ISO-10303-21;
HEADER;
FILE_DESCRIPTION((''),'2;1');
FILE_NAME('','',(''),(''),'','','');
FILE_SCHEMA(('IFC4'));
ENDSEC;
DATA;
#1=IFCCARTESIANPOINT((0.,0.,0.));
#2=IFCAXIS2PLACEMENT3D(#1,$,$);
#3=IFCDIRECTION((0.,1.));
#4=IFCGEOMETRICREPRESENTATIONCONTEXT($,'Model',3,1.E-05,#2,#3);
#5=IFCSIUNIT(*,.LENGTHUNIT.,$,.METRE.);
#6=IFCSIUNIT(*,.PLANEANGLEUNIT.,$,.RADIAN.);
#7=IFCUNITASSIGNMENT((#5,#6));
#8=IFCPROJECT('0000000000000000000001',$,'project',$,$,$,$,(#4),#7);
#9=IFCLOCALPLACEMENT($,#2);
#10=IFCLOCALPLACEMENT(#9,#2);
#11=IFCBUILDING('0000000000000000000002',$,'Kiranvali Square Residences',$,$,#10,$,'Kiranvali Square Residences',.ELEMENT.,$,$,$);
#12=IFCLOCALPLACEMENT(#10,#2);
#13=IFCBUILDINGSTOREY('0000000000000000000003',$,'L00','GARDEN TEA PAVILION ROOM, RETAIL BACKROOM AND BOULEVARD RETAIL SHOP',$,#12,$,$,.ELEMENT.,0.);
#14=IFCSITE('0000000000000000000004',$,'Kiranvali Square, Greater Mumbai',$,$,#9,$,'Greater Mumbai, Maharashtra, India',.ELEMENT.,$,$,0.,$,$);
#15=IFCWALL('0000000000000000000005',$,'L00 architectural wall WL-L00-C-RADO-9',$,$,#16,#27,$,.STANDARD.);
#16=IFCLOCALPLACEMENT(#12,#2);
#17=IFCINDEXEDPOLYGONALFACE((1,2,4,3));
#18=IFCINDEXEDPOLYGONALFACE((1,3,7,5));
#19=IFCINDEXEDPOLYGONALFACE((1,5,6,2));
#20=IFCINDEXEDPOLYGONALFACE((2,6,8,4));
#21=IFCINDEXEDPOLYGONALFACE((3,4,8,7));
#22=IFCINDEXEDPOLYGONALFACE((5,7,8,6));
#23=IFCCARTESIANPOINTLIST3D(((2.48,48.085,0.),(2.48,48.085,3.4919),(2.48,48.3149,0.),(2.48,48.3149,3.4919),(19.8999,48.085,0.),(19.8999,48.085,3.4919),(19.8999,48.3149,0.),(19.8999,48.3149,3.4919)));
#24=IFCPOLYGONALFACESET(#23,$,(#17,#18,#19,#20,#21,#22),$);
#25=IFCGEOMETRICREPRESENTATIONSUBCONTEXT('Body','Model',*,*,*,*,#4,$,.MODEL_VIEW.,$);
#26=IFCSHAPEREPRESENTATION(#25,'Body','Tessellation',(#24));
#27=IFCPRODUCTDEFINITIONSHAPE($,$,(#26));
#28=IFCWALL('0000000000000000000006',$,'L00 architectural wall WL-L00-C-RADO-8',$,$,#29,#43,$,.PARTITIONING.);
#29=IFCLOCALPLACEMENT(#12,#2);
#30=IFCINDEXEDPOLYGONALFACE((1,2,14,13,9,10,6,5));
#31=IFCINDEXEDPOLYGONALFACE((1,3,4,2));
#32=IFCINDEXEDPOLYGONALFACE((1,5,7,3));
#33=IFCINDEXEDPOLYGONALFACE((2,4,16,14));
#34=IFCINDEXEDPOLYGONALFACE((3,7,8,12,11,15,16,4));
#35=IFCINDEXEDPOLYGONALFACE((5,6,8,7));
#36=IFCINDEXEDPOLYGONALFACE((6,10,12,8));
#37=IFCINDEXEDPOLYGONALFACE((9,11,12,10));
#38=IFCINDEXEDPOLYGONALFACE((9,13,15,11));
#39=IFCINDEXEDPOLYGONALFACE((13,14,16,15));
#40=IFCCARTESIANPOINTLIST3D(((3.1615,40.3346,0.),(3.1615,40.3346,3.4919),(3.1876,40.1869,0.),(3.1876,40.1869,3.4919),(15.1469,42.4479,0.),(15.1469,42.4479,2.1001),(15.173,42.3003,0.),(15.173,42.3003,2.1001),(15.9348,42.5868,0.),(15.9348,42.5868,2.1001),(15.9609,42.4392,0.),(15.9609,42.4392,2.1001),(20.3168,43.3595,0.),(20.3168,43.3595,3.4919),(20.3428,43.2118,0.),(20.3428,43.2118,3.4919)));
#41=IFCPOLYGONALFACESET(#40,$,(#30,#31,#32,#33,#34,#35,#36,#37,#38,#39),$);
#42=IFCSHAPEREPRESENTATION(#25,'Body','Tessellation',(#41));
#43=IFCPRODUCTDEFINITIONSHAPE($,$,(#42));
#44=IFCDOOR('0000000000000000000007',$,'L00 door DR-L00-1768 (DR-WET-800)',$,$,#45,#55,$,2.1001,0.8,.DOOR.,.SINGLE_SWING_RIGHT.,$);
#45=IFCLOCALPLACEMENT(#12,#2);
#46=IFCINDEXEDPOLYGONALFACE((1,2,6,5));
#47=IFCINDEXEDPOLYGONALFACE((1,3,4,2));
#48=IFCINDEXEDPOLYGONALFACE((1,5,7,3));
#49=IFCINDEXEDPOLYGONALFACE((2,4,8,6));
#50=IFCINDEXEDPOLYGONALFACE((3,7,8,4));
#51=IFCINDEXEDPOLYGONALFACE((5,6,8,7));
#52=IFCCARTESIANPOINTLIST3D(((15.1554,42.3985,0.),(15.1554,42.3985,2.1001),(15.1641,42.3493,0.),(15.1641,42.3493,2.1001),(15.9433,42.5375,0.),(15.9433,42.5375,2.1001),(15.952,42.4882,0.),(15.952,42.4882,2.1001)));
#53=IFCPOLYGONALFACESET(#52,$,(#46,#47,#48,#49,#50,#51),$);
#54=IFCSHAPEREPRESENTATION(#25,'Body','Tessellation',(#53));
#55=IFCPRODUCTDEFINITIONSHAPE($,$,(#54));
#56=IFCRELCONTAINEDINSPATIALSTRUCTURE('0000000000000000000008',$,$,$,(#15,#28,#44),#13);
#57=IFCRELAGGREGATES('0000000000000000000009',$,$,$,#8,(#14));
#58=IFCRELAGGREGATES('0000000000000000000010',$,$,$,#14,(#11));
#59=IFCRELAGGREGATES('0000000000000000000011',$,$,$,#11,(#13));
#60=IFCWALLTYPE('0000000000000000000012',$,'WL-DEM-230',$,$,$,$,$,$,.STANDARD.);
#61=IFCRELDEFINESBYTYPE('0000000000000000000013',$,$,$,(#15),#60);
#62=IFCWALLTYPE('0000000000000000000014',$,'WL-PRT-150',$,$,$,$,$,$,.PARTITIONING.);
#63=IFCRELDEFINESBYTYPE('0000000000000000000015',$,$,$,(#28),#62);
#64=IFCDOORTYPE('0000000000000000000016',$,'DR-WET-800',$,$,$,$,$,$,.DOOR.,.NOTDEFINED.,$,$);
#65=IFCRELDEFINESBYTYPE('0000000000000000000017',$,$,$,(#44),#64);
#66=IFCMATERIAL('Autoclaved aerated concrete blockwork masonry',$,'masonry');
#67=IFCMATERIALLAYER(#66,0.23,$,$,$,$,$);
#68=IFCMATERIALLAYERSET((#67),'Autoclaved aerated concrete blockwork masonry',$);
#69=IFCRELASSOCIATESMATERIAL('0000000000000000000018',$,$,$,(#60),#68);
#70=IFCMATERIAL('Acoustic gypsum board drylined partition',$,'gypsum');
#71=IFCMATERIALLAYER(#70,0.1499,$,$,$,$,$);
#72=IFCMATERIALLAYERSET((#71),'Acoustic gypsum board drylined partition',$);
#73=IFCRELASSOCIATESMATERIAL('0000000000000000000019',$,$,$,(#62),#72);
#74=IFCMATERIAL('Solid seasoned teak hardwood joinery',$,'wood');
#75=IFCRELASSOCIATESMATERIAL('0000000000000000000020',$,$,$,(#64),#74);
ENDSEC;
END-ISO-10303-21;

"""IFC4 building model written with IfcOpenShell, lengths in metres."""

from ifc_helpers import new_model, si_unit, direction, frame, frame_2d, origin, place, context, subcontext, project, spatial, rectangle, extrude, material, layer, layer_set, type_object, element, fill, save


model = new_model("IFC4")

# Units and contexts
model_context = context("Model", 3, precision=1e-05, world=origin(), true_north=direction((0.0, 1.0)))
body_context = subcontext(model_context, "Body", "Model", "MODEL_VIEW")
ifc_project = project(units=[si_unit("LENGTHUNIT", "METRE"), si_unit("PLANEANGLEUNIT", "RADIAN")], contexts=[model_context])

# Site, building, storey
site_placement = place(None, origin())
site = spatial("IfcSite", under=ifc_project, at=site_placement, Name="Kiranvali Square, Greater Mumbai", LongName="Greater Mumbai, Maharashtra, India", CompositionType="ELEMENT", RefElevation=0.0)
building_placement = place(site_placement, origin())
building = spatial("IfcBuilding", under=site, at=building_placement, Name="Kiranvali Square Residences", LongName="Kiranvali Square Residences", CompositionType="ELEMENT")
storey_placement = place(building_placement, origin())
storey = spatial("IfcBuildingStorey", under=building, at=storey_placement, Name="L00", Description="GARDEN TEA PAVILION ROOM, RETAIL BACKROOM AND BOULEVARD RETAIL SHOP", CompositionType="ELEMENT", Elevation=0.0)

# Shared definitions
ifc_material_1 = material(Name="Autoclaved aerated concrete blockwork masonry", Category="masonry")

# Wall
ifc_layer_1 = layer(ifc_material_1, 0.23)
ifc_layer_set_1 = layer_set([ifc_layer_1], Name="Autoclaved aerated concrete blockwork masonry")
wall_type_1 = type_object("IfcWallType", Name="WL-DEM-230", PredefinedType="STANDARD", material=ifc_layer_set_1)
wall_1_placement = place(storey_placement, frame((19.8999, 48.2, 0.0), z_axis=(0.0, 0.0, 1.0), x_axis=(-1.0, 0.0, 0.0)))
element("IfcWall", 1, at=wall_1_placement, inside=storey, type_object=wall_type_1, Name="L00 architectural wall WL-L00-C-RADO-9", PredefinedType="STANDARD", context=body_context, shape_type="SweptSolid", body=[
    extrude(rectangle(XDim=17.4199, YDim=0.23, at=frame_2d((8.71, 0.0))), origin(), (0.0, 0.0, 1.0), 3.4919),
])

# Wall, opening, door
ifc_material_2 = material(Name="Acoustic gypsum board drylined partition", Category="gypsum")
ifc_layer_2 = layer(ifc_material_2, 0.1499)
ifc_layer_set_2 = layer_set([ifc_layer_2], Name="Acoustic gypsum board drylined partition")
wall_type_2 = type_object("IfcWallType", Name="WL-PRT-150", PredefinedType="PARTITIONING", material=ifc_layer_set_2)
wall_2_placement = place(storey_placement, frame((20.3298, 43.2856, 0.0), z_axis=(0.0, 0.0, 1.0), x_axis=(-0.984808, -0.173646, 0.0)))
wall_2 = element("IfcWall", 2, at=wall_2_placement, inside=storey, type_object=wall_type_2, Name="L00 architectural wall WL-L00-C-RADO-8", PredefinedType="PARTITIONING", context=body_context, shape_type="SweptSolid", body=[
    extrude(rectangle(XDim=17.4199, YDim=0.1499, at=frame_2d((8.71, 0.0))), origin(), (0.0, 0.0, 1.0), 3.4919),
])
opening_1_placement = place(wall_2_placement, frame((4.4497, 0.0, 0.0)))
opening_1 = element("IfcOpeningElement", 3, at=opening_1_placement, cuts=wall_2, PredefinedType="OPENING", context=body_context, shape_type="SweptSolid", body=[
    extrude(rectangle(XDim=0.8, YDim=2.1001, at=frame_2d((0.3999, 1.05))), frame((0.0, 0.085, 0.0), z_axis=(0.0, -1.0, 0.0), x_axis=(1.0, 0.0, 0.0)), (0.0, 0.0, 1.0), 0.1699),
])
ifc_material_3 = material(Name="Solid seasoned teak hardwood joinery", Category="wood")
door_type_1 = type_object("IfcDoorType", Name="DR-WET-800", OperationType="NOTDEFINED", PredefinedType="DOOR", material=ifc_material_3)
door_1_placement = place(opening_1_placement, frame((0.8, 0.0, 0.0), z_axis=(0.0, 0.0, 1.0), x_axis=(-1.0, 0.0, 0.0)))
door_1 = element("IfcDoor", 4, at=door_1_placement, inside=storey, type_object=door_type_1, Name="L00 door DR-L00-1768 (DR-WET-800)", OperationType="SINGLE_SWING_RIGHT", OverallHeight=2.1001, OverallWidth=0.8, PredefinedType="DOOR", context=body_context, shape_type="SweptSolid", body=[
    extrude(rectangle(XDim=0.8, YDim=2.1001, at=frame_2d((0.3999, 1.05))), frame((0.0, 0.0249, 0.0), z_axis=(0.0, -1.0, 0.0), x_axis=(1.0, 0.0, 0.0)), (0.0, 0.0, 1.0), 0.05),
])
fill(opening_1, door_1)

save(model, "model.ifc")
